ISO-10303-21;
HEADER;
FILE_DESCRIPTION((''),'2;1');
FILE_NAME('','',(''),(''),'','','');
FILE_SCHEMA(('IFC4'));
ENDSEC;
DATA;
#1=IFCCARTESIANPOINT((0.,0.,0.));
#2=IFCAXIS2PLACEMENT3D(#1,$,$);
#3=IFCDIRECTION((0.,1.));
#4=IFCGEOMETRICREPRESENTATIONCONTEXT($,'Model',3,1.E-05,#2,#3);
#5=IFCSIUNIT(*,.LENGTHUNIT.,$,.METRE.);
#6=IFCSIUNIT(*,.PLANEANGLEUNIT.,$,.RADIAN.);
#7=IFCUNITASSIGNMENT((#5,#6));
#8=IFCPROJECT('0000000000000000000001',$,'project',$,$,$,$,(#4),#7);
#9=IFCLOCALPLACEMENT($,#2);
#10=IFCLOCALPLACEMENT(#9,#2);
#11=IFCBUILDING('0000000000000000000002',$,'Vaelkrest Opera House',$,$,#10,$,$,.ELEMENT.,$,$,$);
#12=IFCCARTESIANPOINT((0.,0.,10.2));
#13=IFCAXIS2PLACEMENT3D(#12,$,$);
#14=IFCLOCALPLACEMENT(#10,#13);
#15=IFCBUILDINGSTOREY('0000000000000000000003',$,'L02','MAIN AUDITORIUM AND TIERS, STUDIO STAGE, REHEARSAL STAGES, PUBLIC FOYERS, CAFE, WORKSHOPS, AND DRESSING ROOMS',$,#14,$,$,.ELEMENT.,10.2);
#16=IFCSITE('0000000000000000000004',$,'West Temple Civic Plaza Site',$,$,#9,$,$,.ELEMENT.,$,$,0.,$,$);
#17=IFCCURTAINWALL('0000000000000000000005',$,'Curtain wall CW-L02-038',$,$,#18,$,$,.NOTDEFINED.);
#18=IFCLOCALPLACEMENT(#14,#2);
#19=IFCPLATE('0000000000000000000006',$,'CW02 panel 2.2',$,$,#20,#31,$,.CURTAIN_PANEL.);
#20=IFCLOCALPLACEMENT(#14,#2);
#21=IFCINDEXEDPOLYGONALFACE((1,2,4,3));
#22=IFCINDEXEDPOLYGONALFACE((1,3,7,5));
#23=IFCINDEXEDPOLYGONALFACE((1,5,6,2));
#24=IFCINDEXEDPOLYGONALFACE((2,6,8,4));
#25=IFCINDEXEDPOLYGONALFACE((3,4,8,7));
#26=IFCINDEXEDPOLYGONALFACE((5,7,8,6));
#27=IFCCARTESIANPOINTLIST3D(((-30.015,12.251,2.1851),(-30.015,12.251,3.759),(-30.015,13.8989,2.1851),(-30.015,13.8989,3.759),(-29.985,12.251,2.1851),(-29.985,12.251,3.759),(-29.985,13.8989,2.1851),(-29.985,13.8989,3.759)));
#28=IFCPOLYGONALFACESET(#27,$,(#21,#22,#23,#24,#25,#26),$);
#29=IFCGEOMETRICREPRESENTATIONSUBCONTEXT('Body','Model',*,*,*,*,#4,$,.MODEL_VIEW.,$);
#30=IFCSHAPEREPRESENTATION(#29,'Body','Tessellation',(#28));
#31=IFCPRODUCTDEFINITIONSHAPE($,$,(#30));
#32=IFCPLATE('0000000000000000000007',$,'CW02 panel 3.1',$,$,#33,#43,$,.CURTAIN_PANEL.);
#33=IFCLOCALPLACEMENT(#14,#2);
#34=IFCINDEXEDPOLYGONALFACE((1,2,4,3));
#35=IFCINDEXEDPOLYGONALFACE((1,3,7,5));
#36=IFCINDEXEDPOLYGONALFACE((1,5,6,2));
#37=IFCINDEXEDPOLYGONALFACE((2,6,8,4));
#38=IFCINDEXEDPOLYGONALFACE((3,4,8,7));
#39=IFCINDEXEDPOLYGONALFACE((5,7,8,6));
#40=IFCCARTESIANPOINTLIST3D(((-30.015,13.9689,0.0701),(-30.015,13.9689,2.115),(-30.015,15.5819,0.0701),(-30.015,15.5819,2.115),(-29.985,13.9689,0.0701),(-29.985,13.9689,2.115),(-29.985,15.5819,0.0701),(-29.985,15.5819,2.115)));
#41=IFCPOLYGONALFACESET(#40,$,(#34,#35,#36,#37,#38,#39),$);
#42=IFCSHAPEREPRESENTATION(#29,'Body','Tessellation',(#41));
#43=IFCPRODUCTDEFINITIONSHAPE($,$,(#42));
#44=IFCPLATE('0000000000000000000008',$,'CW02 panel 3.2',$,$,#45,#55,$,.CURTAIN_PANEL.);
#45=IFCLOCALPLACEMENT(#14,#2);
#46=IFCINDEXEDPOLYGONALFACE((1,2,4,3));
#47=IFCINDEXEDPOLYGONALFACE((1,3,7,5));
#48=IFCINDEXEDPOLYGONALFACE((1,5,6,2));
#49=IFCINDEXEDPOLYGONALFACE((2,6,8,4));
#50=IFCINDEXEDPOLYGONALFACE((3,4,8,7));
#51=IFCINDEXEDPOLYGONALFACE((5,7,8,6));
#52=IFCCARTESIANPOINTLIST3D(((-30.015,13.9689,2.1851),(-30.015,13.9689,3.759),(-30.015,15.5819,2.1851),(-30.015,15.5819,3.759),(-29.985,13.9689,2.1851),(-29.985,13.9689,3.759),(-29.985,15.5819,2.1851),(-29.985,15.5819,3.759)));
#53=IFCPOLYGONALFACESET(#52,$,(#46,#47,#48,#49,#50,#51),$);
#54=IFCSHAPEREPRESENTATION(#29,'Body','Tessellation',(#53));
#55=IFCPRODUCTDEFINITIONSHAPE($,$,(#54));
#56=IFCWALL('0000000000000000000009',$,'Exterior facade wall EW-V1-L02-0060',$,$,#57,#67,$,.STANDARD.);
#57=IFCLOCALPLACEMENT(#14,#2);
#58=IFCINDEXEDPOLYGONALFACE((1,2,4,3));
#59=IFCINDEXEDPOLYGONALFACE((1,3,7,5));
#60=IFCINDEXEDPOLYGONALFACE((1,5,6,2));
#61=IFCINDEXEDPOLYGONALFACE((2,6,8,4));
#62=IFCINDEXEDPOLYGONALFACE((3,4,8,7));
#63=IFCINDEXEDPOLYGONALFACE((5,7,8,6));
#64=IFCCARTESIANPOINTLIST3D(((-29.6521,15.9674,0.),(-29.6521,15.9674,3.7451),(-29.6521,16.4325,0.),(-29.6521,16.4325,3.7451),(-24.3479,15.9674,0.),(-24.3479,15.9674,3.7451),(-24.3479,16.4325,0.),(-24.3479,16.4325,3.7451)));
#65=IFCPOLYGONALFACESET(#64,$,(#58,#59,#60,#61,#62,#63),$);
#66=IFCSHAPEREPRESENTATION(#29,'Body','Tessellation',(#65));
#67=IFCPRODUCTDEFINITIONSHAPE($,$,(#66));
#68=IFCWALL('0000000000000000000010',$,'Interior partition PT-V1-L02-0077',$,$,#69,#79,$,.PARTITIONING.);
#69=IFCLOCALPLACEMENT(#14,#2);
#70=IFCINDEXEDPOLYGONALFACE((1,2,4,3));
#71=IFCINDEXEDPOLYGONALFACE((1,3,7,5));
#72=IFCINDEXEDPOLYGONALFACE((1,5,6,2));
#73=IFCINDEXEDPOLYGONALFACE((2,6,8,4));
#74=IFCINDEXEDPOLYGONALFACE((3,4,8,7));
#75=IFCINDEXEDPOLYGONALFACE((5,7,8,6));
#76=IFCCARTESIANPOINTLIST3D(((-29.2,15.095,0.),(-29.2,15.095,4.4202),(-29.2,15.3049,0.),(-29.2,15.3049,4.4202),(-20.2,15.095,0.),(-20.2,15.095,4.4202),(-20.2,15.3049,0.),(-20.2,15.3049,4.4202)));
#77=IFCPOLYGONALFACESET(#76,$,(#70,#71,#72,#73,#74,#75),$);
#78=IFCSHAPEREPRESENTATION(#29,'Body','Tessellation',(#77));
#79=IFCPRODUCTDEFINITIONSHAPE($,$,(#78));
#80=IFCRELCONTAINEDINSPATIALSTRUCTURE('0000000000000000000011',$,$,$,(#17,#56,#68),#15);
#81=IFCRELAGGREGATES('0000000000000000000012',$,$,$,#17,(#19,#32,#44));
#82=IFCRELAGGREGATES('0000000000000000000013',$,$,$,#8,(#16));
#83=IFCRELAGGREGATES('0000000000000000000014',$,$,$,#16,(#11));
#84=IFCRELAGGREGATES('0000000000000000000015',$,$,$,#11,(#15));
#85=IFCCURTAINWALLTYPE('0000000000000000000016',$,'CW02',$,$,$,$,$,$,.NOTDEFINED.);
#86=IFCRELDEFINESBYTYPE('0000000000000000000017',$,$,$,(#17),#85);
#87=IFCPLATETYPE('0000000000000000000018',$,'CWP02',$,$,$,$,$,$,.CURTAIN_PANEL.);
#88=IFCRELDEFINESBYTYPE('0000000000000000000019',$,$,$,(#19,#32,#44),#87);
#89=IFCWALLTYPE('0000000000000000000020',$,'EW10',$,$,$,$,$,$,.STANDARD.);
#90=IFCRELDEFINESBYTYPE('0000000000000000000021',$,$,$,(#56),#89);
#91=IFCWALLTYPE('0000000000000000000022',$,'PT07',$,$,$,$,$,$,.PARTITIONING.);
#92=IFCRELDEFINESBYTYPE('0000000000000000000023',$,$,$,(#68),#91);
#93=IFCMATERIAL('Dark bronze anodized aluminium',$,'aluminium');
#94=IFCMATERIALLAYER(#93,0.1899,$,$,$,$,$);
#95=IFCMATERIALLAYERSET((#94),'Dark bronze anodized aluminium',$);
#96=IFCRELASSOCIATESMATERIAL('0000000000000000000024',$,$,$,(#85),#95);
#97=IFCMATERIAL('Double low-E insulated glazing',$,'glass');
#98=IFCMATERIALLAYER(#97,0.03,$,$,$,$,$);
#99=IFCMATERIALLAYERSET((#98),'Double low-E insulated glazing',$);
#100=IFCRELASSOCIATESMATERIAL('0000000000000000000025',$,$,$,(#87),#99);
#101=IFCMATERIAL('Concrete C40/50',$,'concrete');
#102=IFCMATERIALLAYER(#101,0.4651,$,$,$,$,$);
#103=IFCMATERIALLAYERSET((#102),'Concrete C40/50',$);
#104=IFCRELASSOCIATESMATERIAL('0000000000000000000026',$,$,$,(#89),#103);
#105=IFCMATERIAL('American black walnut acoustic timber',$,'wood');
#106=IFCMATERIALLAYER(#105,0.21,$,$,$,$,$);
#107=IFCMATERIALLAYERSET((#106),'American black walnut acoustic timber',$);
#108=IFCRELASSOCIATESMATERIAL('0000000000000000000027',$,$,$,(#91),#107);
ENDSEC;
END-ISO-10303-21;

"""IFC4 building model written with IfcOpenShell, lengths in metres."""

from ifc_helpers import new_model, si_unit, direction, frame, frame_2d, origin, origin_2d, place, context, subcontext, project, spatial, rectangle, extrude, material, layer, layer_set, type_object, element, aggregate, save


model = new_model("IFC4")

# Units and contexts
model_context = context("Model", 3, precision=1e-05, world=origin(), true_north=direction((0.0, 1.0)))
body_context = subcontext(model_context, "Body", "Model", "MODEL_VIEW")
ifc_project = project(units=[si_unit("LENGTHUNIT", "METRE"), si_unit("PLANEANGLEUNIT", "RADIAN")], contexts=[model_context])

# Site, building, storey
site_placement = place(None, origin())
site = spatial("IfcSite", under=ifc_project, at=site_placement, Name="West Temple Civic Plaza Site", CompositionType="ELEMENT", RefElevation=0.0)
building_placement = place(site_placement, origin())
building = spatial("IfcBuilding", under=site, at=building_placement, Name="Vaelkrest Opera House", CompositionType="ELEMENT")
storey_placement = place(building_placement, frame((0.0, 0.0, 10.2)))
storey = spatial("IfcBuildingStorey", under=building, at=storey_placement, Name="L02", Description="MAIN AUDITORIUM AND TIERS, STUDIO STAGE, REHEARSAL STAGES, PUBLIC FOYERS, CAFE, WORKSHOPS, AND DRESSING ROOMS", CompositionType="ELEMENT", Elevation=10.2)

# Curtain wall
ifc_material_1 = material(Name="Dark bronze anodized aluminium", Category="aluminium")
ifc_layer_1 = layer(ifc_material_1, 0.1899)
ifc_layer_set_1 = layer_set([ifc_layer_1], Name="Dark bronze anodized aluminium")
curtain_wall_type = type_object("IfcCurtainWallType", Name="CW02", PredefinedType="NOTDEFINED", material=ifc_layer_set_1)
curtain_wall_placement = place(storey_placement, origin())
curtain_wall = element("IfcCurtainWall", 1, at=curtain_wall_placement, inside=storey, type_object=curtain_wall_type, Name="Curtain wall CW-L02-038", PredefinedType="NOTDEFINED")

# Plates
ifc_material_2 = material(Name="Double low-E insulated glazing", Category="glass")
ifc_layer_2 = layer(ifc_material_2, 0.03)
ifc_layer_set_2 = layer_set([ifc_layer_2], Name="Double low-E insulated glazing")
plate_type = type_object("IfcPlateType", Name="CWP02", PredefinedType="CURTAIN_PANEL", material=ifc_layer_set_2)
plate_1_placement = place(storey_placement, frame((-30.0, 13.075, 2.1851), z_axis=(0.0, 0.0, 1.0), x_axis=(0.0, 1.0, 0.0)))
plate_1 = element("IfcPlate", 2, at=plate_1_placement, type_object=plate_type, Name="CW02 panel 2.2", PredefinedType="CURTAIN_PANEL", context=body_context, shape_type="SweptSolid", body=[
    extrude(rectangle(XDim=1.6479, YDim=0.03, at=origin_2d()), origin(), (0.0, 0.0, 1.0), 1.574),
])
plate_2_placement = place(storey_placement, frame((-30.0, 14.7754, 0.0701), z_axis=(0.0, 0.0, 1.0), x_axis=(0.0, 1.0, 0.0)))
plate_2 = element("IfcPlate", 3, at=plate_2_placement, type_object=plate_type, Name="CW02 panel 3.1", PredefinedType="CURTAIN_PANEL", context=body_context, shape_type="SweptSolid", body=[
    extrude(rectangle(XDim=1.613, YDim=0.03, at=origin_2d()), origin(), (0.0, 0.0, 1.0), 2.0449),
])
plate_3_placement = place(storey_placement, frame((-30.0, 14.7754, 2.1851), z_axis=(0.0, 0.0, 1.0), x_axis=(0.0, 1.0, 0.0)))
plate_3 = element("IfcPlate", 4, at=plate_3_placement, type_object=plate_type, Name="CW02 panel 3.2", PredefinedType="CURTAIN_PANEL", context=body_context, shape_type="SweptSolid", body=[
    extrude(rectangle(XDim=1.613, YDim=0.03, at=origin_2d()), origin(), (0.0, 0.0, 1.0), 1.574),
])
aggregate(curtain_wall, [plate_1, plate_2, plate_3])

# Walls
ifc_material_3 = material(Name="Concrete C40/50", Category="concrete")
ifc_layer_3 = layer(ifc_material_3, 0.4651)
ifc_layer_set_3 = layer_set([ifc_layer_3], Name="Concrete C40/50")
wall_type_1 = type_object("IfcWallType", Name="EW10", PredefinedType="STANDARD", material=ifc_layer_set_3)
wall_1_placement = place(storey_placement, frame((-29.6521, 16.2, 0.0), z_axis=(0.0, 0.0, 1.0), x_axis=(1.0, 0.0, 0.0)))
element("IfcWall", 5, at=wall_1_placement, inside=storey, type_object=wall_type_1, Name="Exterior facade wall EW-V1-L02-0060", PredefinedType="STANDARD", context=body_context, shape_type="SweptSolid", body=[
    extrude(rectangle(XDim=5.3042, YDim=0.4651, at=frame_2d((2.6521, 0.0))), origin(), (0.0, 0.0, 1.0), 3.7451),
])
ifc_material_4 = material(Name="American black walnut acoustic timber", Category="wood")
ifc_layer_4 = layer(ifc_material_4, 0.21)
ifc_layer_set_4 = layer_set([ifc_layer_4], Name="American black walnut acoustic timber")
wall_type_2 = type_object("IfcWallType", Name="PT07", PredefinedType="PARTITIONING", material=ifc_layer_set_4)
wall_2_placement = place(storey_placement, frame((-29.2, 15.2, 0.0), z_axis=(0.0, 0.0, 1.0), x_axis=(1.0, 0.0, 0.0)))
element("IfcWall", 6, at=wall_2_placement, inside=storey, type_object=wall_type_2, Name="Interior partition PT-V1-L02-0077", PredefinedType="PARTITIONING", context=body_context, shape_type="SweptSolid", body=[
    extrude(rectangle(XDim=9.0, YDim=0.21, at=frame_2d((4.5, 0.0))), origin(), (0.0, 0.0, 1.0), 4.4202),
])

save(model, "model.ifc")
